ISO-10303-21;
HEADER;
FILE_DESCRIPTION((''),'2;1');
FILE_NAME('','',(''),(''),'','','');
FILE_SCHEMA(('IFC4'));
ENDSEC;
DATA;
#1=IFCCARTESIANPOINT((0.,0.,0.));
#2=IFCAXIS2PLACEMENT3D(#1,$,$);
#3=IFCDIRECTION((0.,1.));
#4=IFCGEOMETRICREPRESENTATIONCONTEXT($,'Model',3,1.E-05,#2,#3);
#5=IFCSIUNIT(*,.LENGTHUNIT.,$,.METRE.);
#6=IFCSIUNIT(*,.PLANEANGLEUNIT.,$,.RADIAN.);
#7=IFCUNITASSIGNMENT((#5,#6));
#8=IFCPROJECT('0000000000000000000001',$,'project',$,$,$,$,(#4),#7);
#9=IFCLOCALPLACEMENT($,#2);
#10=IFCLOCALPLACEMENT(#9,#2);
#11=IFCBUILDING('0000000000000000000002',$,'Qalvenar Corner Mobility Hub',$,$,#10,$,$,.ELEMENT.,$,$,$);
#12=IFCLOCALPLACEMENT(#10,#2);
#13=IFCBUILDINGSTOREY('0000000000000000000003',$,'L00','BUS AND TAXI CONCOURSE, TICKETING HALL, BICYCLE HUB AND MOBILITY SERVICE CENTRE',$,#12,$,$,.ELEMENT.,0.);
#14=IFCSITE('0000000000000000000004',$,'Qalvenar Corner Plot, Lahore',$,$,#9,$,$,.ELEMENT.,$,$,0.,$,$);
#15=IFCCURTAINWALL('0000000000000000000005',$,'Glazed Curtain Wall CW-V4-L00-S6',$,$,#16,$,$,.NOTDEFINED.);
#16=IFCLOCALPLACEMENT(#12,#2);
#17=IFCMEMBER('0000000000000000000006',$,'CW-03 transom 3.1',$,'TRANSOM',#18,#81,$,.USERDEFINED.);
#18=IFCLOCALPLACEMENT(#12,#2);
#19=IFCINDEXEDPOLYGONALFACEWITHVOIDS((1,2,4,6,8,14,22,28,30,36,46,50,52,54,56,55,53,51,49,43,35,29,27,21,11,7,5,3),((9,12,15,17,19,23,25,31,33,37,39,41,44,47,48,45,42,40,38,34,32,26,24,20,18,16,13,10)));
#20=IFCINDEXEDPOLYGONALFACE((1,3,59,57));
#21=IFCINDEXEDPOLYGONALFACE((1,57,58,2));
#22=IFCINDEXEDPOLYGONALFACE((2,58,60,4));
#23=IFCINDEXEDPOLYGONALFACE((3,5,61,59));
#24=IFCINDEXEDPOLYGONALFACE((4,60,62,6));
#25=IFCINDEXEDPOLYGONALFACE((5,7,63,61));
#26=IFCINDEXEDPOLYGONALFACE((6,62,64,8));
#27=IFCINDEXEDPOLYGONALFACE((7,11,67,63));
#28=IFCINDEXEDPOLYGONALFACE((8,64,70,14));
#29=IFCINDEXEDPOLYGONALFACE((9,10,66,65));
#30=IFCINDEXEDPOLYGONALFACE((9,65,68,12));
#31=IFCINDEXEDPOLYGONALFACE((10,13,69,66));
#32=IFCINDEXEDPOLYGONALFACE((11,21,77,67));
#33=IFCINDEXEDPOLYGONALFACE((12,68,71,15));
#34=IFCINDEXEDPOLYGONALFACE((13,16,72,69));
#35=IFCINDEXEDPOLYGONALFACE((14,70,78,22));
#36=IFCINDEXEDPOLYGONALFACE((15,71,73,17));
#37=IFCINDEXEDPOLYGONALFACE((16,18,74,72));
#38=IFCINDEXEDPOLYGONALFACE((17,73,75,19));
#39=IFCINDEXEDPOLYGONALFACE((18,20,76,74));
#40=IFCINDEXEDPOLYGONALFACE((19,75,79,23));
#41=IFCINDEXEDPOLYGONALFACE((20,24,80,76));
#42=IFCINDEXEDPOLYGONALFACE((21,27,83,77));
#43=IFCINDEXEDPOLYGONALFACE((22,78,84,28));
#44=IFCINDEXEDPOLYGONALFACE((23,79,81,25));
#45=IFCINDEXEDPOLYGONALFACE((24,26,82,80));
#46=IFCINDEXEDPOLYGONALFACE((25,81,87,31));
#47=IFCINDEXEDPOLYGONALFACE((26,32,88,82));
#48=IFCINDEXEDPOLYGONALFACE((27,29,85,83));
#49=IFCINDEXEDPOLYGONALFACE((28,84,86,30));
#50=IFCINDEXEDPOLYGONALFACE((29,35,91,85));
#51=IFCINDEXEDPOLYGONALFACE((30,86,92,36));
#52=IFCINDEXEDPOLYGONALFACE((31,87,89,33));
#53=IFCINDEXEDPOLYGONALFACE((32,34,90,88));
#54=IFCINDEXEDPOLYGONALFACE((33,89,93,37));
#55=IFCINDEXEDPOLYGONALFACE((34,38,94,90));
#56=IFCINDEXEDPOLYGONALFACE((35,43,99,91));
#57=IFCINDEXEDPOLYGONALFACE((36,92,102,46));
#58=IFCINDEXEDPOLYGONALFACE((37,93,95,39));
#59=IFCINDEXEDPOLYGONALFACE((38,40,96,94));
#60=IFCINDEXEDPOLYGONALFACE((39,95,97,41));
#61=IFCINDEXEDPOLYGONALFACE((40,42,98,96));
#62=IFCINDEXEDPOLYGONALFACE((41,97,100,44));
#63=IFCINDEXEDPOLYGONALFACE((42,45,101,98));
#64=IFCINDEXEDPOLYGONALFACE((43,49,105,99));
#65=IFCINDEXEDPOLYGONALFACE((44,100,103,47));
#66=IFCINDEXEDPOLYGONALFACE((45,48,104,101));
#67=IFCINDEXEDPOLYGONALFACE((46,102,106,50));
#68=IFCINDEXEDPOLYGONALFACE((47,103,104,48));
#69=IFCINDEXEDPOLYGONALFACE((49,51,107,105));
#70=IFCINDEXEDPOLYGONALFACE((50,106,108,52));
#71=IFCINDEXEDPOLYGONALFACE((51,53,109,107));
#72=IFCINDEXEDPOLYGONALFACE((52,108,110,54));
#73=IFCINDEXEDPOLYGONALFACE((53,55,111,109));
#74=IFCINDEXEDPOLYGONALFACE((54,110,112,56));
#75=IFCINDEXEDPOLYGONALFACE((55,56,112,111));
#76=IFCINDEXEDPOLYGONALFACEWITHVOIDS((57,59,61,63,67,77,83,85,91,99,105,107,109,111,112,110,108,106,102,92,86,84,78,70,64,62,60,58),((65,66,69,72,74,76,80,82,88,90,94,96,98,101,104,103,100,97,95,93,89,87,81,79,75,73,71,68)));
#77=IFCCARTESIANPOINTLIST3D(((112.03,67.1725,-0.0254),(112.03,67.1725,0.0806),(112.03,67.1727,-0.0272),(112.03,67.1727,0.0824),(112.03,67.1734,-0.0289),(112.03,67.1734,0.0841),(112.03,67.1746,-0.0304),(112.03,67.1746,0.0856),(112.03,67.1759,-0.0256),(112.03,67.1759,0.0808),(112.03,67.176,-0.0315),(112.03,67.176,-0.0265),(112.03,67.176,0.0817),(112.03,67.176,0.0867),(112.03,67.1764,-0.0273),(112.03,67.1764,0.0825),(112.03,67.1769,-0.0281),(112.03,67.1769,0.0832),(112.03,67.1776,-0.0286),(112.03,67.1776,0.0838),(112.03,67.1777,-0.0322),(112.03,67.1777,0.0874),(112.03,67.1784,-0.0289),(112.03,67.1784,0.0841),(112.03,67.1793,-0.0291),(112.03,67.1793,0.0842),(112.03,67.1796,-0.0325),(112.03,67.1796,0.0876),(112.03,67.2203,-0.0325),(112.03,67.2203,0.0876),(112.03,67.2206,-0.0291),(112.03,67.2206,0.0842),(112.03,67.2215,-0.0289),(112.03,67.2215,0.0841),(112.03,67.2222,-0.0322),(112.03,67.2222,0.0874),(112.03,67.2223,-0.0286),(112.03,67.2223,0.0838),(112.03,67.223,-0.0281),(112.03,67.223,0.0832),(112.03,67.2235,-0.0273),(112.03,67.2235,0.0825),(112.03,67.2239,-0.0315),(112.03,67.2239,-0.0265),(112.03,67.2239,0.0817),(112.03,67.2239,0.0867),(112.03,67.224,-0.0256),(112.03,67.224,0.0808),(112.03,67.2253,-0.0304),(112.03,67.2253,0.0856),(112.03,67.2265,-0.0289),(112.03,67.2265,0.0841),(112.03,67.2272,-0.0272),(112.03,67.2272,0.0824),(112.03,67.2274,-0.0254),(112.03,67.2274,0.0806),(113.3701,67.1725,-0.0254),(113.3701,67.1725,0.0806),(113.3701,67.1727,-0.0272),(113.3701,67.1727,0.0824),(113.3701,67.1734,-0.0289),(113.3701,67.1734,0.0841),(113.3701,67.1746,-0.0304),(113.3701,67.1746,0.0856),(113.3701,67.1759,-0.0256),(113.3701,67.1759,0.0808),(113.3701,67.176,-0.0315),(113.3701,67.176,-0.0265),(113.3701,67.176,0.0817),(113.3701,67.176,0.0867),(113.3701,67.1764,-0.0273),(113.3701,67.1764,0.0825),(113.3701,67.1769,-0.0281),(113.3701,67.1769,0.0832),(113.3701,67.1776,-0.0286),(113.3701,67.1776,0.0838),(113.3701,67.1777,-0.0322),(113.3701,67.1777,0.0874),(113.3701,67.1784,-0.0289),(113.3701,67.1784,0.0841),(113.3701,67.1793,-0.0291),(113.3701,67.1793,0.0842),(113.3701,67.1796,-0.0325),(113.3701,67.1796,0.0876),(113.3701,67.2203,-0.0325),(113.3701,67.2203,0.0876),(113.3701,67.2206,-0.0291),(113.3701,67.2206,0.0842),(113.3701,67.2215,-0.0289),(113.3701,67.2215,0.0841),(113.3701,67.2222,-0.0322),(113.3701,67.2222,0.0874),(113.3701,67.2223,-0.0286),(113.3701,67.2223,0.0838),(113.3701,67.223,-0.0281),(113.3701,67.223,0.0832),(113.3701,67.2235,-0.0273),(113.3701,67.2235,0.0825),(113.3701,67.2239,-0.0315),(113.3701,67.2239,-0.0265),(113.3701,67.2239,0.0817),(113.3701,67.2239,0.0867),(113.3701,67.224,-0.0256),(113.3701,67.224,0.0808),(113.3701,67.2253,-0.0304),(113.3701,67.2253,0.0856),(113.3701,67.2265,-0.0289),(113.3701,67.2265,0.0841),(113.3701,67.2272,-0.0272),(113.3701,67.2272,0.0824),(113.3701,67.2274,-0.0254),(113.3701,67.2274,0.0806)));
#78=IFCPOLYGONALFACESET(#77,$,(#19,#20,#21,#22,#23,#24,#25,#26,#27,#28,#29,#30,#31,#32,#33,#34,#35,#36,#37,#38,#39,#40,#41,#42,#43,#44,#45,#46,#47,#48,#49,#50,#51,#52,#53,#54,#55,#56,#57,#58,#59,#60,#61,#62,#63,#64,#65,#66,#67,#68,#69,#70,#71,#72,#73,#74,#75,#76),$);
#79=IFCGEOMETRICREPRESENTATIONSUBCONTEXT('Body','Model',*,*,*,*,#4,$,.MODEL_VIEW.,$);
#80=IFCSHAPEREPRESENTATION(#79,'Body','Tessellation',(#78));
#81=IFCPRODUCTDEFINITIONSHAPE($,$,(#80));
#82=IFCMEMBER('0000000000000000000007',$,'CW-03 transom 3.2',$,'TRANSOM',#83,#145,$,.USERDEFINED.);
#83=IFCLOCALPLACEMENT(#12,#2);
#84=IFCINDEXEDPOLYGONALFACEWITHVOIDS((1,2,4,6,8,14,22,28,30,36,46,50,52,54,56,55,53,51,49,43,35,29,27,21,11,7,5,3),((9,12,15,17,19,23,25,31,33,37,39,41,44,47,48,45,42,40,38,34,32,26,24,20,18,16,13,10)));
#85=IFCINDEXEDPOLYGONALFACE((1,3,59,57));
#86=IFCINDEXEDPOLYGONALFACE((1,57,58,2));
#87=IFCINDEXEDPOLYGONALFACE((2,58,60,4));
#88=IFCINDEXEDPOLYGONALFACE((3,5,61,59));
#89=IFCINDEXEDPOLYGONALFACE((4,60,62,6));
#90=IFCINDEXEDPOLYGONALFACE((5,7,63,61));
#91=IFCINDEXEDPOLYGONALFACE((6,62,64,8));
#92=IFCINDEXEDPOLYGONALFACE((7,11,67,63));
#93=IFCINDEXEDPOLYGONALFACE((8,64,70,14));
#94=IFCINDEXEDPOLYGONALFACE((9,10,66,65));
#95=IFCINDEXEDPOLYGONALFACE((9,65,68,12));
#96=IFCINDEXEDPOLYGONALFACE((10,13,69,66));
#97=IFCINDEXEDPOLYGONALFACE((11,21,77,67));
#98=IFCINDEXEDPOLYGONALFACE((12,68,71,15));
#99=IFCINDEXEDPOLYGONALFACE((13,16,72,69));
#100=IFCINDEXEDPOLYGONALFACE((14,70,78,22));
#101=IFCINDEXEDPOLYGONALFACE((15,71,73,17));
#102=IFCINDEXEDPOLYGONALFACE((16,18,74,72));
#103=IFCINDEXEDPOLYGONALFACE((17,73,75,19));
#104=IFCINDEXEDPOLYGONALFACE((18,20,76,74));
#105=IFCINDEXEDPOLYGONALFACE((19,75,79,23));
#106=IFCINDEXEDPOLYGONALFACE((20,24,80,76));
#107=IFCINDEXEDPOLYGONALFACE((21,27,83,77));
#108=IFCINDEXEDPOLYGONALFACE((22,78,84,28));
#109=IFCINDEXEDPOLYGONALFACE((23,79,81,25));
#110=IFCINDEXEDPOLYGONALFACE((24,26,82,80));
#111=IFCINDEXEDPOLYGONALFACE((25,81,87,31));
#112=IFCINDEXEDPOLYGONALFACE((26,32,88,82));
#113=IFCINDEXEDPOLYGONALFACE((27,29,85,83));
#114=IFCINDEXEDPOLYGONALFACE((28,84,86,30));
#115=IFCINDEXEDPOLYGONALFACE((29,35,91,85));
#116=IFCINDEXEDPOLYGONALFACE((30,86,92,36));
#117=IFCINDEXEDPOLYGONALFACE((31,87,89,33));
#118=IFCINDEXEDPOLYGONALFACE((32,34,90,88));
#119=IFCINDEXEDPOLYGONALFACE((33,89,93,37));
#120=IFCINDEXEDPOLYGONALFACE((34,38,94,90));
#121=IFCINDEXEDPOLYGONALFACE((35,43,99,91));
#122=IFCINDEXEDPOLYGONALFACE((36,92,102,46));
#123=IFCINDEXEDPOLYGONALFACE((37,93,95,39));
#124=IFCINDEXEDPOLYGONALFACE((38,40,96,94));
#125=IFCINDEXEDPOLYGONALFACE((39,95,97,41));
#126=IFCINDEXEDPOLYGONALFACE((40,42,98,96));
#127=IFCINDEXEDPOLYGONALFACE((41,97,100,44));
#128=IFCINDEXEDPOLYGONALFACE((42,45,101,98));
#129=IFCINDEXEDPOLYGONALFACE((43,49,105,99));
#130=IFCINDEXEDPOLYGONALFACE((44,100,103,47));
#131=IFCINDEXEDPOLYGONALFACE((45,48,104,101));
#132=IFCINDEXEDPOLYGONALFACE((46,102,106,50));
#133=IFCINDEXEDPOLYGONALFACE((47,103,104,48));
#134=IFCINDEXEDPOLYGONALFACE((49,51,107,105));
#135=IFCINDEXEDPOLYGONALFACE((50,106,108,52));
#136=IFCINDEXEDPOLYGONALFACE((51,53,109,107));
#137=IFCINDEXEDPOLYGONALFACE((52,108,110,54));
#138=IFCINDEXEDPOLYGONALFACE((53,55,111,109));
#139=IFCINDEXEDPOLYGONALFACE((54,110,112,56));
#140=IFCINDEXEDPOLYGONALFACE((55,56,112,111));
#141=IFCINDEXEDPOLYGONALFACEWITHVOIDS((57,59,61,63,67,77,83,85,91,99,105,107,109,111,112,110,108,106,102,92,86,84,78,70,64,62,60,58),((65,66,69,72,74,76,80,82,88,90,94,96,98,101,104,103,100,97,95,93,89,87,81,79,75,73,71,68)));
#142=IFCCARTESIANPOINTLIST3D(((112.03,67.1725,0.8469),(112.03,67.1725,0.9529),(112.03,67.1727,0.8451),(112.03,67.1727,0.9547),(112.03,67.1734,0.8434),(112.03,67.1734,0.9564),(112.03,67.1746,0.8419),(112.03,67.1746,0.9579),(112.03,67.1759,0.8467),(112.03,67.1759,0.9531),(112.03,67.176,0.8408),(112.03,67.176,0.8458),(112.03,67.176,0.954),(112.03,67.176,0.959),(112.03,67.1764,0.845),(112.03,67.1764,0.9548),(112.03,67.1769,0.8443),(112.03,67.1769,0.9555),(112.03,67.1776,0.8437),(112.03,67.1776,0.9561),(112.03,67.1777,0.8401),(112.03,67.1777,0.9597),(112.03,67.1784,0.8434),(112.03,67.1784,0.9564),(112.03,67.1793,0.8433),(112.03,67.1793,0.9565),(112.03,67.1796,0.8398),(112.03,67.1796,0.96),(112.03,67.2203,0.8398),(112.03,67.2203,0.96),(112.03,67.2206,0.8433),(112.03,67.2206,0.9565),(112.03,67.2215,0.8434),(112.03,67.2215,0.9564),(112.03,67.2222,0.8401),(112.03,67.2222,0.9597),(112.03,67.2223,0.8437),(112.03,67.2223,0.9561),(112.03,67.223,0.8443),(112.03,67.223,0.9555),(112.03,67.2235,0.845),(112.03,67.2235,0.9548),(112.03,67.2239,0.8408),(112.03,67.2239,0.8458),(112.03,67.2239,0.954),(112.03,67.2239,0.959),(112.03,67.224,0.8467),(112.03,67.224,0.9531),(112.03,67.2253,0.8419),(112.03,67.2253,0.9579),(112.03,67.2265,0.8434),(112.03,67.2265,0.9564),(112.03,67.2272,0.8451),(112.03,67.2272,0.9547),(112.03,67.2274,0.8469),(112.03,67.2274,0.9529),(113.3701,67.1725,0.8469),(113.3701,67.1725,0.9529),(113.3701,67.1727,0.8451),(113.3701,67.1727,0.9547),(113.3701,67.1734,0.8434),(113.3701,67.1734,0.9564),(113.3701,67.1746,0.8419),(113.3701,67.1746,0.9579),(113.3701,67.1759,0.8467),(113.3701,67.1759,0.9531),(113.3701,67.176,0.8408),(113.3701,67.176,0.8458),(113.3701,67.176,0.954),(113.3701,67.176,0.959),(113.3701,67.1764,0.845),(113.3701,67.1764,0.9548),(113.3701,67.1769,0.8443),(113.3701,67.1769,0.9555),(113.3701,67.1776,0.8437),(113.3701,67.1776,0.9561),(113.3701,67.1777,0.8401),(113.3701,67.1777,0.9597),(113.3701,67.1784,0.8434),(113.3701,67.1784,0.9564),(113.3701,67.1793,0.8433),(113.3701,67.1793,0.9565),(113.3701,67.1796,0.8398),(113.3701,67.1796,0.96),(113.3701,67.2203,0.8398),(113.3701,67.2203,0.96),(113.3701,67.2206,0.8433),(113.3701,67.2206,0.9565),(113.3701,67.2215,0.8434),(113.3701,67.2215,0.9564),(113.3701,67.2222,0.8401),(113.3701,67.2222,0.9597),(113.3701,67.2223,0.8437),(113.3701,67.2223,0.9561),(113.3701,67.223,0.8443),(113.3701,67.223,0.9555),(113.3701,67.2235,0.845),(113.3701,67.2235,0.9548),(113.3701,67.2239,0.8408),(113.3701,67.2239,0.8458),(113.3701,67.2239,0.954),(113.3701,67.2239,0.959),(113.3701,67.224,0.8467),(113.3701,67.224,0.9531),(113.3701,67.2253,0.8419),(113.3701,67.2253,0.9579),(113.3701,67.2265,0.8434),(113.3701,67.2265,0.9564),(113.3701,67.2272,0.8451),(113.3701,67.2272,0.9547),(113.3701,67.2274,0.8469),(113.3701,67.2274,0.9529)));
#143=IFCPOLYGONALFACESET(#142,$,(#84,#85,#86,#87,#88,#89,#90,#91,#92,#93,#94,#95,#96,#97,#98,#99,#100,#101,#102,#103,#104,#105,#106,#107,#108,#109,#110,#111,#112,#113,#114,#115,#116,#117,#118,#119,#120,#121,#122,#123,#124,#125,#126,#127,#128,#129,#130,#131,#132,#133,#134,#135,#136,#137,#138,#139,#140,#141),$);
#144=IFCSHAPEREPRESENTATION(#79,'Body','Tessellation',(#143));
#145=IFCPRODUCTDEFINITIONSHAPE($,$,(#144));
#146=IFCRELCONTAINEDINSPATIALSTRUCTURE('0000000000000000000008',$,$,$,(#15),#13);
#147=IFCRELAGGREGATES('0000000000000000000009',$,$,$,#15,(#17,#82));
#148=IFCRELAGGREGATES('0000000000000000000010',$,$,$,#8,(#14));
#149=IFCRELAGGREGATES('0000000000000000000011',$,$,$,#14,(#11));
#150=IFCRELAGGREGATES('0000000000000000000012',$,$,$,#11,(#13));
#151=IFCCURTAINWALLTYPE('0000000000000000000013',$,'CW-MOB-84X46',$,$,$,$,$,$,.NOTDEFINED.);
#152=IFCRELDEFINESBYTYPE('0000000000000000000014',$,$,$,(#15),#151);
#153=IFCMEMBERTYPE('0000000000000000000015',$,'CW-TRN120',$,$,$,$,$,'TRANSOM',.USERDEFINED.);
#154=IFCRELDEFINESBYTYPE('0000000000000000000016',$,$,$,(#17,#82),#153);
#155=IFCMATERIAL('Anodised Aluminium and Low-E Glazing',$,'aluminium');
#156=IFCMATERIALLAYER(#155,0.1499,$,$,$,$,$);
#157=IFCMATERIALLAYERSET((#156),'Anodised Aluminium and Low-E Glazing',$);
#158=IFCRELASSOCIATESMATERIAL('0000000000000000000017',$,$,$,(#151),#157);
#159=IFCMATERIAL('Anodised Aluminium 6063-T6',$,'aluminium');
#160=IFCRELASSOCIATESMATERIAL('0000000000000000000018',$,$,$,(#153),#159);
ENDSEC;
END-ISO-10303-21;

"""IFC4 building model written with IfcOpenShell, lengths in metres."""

from ifc_helpers import new_model, si_unit, direction, frame, origin, origin_2d, place, context, subcontext, project, spatial, hollow_rectangle, extrude, material, layer, layer_set, material_profile, profile_set, type_object, element, aggregate, save


model = new_model("IFC4")

# Units and contexts
model_context = context("Model", 3, precision=1e-05, world=origin(), true_north=direction((0.0, 1.0)))
body_context = subcontext(model_context, "Body", "Model", "MODEL_VIEW")
ifc_project = project(units=[si_unit("LENGTHUNIT", "METRE"), si_unit("PLANEANGLEUNIT", "RADIAN")], contexts=[model_context])

# Site, building, storey
site_placement = place(None, origin())
site = spatial("IfcSite", under=ifc_project, at=site_placement, Name="Qalvenar Corner Plot, Lahore", CompositionType="ELEMENT", RefElevation=0.0)
building_placement = place(site_placement, origin())
building = spatial("IfcBuilding", under=site, at=building_placement, Name="Qalvenar Corner Mobility Hub", CompositionType="ELEMENT")
storey_placement = place(building_placement, origin())
storey = spatial("IfcBuildingStorey", under=building, at=storey_placement, Name="L00", Description="BUS AND TAXI CONCOURSE, TICKETING HALL, BICYCLE HUB AND MOBILITY SERVICE CENTRE", CompositionType="ELEMENT", Elevation=0.0)

# Curtain wall, members
ifc_material_1 = material(Name="Anodised Aluminium and Low-E Glazing", Category="aluminium")
ifc_layer_1 = layer(ifc_material_1, 0.1499)
ifc_layer_set_1 = layer_set([ifc_layer_1], Name="Anodised Aluminium and Low-E Glazing")
curtain_wall_type = type_object("IfcCurtainWallType", Name="CW-MOB-84X46", PredefinedType="NOTDEFINED", material=ifc_layer_set_1)
curtain_wall_placement = place(storey_placement, origin())
curtain_wall = element("IfcCurtainWall", 1, at=curtain_wall_placement, inside=storey, type_object=curtain_wall_type, Name="Glazed Curtain Wall CW-V4-L00-S6", PredefinedType="NOTDEFINED")
ifc_material_2 = material(Name="Anodised Aluminium 6063-T6", Category="aluminium")
ifc_material_profile_1 = material_profile(ifc_material_2, hollow_rectangle(XDim=0.0549, YDim=0.1201, WallThickness=0.0034, InnerFilletRadius=0.0034, OuterFilletRadius=0.0071, at=origin_2d()), Name="RHS120x55x3.5")
ifc_profile_set_1 = profile_set([ifc_material_profile_1], Name="Anodised Aluminium 6063-T6")
member_type_1 = type_object("IfcMemberType", Name="CW-TRN120", ElementType="TRANSOM", PredefinedType="USERDEFINED", material=ifc_profile_set_1)
member_1_placement = place(storey_placement, frame((112.03, 67.2, 0.0276), z_axis=(1.0, 0.0, 0.0), x_axis=(0.0, 1.0, 0.0)))
member_1 = element("IfcMember", 2, at=member_1_placement, type_object=member_type_1, Name="CW-03 transom 3.1", ObjectType="TRANSOM", PredefinedType="USERDEFINED", context=body_context, shape_type="SweptSolid", body=[
    extrude(hollow_rectangle(XDim=0.0549, YDim=0.1201, WallThickness=0.0034, InnerFilletRadius=0.0034, OuterFilletRadius=0.0071, at=origin_2d()), origin(), (0.0, 0.0, 1.0), 1.3401),
])
member_2_placement = place(storey_placement, frame((112.03, 67.2, 0.8999), z_axis=(1.0, 0.0, 0.0), x_axis=(0.0, 1.0, 0.0)))
member_2 = element("IfcMember", 3, at=member_2_placement, type_object=member_type_1, Name="CW-03 transom 3.2", ObjectType="TRANSOM", PredefinedType="USERDEFINED", context=body_context, shape_type="SweptSolid", body=[
    extrude(hollow_rectangle(XDim=0.0549, YDim=0.1201, WallThickness=0.0034, InnerFilletRadius=0.0034, OuterFilletRadius=0.0071, at=origin_2d()), origin(), (0.0, 0.0, 1.0), 1.3401),
])
aggregate(curtain_wall, [member_1, member_2])

save(model, "model.ifc")
